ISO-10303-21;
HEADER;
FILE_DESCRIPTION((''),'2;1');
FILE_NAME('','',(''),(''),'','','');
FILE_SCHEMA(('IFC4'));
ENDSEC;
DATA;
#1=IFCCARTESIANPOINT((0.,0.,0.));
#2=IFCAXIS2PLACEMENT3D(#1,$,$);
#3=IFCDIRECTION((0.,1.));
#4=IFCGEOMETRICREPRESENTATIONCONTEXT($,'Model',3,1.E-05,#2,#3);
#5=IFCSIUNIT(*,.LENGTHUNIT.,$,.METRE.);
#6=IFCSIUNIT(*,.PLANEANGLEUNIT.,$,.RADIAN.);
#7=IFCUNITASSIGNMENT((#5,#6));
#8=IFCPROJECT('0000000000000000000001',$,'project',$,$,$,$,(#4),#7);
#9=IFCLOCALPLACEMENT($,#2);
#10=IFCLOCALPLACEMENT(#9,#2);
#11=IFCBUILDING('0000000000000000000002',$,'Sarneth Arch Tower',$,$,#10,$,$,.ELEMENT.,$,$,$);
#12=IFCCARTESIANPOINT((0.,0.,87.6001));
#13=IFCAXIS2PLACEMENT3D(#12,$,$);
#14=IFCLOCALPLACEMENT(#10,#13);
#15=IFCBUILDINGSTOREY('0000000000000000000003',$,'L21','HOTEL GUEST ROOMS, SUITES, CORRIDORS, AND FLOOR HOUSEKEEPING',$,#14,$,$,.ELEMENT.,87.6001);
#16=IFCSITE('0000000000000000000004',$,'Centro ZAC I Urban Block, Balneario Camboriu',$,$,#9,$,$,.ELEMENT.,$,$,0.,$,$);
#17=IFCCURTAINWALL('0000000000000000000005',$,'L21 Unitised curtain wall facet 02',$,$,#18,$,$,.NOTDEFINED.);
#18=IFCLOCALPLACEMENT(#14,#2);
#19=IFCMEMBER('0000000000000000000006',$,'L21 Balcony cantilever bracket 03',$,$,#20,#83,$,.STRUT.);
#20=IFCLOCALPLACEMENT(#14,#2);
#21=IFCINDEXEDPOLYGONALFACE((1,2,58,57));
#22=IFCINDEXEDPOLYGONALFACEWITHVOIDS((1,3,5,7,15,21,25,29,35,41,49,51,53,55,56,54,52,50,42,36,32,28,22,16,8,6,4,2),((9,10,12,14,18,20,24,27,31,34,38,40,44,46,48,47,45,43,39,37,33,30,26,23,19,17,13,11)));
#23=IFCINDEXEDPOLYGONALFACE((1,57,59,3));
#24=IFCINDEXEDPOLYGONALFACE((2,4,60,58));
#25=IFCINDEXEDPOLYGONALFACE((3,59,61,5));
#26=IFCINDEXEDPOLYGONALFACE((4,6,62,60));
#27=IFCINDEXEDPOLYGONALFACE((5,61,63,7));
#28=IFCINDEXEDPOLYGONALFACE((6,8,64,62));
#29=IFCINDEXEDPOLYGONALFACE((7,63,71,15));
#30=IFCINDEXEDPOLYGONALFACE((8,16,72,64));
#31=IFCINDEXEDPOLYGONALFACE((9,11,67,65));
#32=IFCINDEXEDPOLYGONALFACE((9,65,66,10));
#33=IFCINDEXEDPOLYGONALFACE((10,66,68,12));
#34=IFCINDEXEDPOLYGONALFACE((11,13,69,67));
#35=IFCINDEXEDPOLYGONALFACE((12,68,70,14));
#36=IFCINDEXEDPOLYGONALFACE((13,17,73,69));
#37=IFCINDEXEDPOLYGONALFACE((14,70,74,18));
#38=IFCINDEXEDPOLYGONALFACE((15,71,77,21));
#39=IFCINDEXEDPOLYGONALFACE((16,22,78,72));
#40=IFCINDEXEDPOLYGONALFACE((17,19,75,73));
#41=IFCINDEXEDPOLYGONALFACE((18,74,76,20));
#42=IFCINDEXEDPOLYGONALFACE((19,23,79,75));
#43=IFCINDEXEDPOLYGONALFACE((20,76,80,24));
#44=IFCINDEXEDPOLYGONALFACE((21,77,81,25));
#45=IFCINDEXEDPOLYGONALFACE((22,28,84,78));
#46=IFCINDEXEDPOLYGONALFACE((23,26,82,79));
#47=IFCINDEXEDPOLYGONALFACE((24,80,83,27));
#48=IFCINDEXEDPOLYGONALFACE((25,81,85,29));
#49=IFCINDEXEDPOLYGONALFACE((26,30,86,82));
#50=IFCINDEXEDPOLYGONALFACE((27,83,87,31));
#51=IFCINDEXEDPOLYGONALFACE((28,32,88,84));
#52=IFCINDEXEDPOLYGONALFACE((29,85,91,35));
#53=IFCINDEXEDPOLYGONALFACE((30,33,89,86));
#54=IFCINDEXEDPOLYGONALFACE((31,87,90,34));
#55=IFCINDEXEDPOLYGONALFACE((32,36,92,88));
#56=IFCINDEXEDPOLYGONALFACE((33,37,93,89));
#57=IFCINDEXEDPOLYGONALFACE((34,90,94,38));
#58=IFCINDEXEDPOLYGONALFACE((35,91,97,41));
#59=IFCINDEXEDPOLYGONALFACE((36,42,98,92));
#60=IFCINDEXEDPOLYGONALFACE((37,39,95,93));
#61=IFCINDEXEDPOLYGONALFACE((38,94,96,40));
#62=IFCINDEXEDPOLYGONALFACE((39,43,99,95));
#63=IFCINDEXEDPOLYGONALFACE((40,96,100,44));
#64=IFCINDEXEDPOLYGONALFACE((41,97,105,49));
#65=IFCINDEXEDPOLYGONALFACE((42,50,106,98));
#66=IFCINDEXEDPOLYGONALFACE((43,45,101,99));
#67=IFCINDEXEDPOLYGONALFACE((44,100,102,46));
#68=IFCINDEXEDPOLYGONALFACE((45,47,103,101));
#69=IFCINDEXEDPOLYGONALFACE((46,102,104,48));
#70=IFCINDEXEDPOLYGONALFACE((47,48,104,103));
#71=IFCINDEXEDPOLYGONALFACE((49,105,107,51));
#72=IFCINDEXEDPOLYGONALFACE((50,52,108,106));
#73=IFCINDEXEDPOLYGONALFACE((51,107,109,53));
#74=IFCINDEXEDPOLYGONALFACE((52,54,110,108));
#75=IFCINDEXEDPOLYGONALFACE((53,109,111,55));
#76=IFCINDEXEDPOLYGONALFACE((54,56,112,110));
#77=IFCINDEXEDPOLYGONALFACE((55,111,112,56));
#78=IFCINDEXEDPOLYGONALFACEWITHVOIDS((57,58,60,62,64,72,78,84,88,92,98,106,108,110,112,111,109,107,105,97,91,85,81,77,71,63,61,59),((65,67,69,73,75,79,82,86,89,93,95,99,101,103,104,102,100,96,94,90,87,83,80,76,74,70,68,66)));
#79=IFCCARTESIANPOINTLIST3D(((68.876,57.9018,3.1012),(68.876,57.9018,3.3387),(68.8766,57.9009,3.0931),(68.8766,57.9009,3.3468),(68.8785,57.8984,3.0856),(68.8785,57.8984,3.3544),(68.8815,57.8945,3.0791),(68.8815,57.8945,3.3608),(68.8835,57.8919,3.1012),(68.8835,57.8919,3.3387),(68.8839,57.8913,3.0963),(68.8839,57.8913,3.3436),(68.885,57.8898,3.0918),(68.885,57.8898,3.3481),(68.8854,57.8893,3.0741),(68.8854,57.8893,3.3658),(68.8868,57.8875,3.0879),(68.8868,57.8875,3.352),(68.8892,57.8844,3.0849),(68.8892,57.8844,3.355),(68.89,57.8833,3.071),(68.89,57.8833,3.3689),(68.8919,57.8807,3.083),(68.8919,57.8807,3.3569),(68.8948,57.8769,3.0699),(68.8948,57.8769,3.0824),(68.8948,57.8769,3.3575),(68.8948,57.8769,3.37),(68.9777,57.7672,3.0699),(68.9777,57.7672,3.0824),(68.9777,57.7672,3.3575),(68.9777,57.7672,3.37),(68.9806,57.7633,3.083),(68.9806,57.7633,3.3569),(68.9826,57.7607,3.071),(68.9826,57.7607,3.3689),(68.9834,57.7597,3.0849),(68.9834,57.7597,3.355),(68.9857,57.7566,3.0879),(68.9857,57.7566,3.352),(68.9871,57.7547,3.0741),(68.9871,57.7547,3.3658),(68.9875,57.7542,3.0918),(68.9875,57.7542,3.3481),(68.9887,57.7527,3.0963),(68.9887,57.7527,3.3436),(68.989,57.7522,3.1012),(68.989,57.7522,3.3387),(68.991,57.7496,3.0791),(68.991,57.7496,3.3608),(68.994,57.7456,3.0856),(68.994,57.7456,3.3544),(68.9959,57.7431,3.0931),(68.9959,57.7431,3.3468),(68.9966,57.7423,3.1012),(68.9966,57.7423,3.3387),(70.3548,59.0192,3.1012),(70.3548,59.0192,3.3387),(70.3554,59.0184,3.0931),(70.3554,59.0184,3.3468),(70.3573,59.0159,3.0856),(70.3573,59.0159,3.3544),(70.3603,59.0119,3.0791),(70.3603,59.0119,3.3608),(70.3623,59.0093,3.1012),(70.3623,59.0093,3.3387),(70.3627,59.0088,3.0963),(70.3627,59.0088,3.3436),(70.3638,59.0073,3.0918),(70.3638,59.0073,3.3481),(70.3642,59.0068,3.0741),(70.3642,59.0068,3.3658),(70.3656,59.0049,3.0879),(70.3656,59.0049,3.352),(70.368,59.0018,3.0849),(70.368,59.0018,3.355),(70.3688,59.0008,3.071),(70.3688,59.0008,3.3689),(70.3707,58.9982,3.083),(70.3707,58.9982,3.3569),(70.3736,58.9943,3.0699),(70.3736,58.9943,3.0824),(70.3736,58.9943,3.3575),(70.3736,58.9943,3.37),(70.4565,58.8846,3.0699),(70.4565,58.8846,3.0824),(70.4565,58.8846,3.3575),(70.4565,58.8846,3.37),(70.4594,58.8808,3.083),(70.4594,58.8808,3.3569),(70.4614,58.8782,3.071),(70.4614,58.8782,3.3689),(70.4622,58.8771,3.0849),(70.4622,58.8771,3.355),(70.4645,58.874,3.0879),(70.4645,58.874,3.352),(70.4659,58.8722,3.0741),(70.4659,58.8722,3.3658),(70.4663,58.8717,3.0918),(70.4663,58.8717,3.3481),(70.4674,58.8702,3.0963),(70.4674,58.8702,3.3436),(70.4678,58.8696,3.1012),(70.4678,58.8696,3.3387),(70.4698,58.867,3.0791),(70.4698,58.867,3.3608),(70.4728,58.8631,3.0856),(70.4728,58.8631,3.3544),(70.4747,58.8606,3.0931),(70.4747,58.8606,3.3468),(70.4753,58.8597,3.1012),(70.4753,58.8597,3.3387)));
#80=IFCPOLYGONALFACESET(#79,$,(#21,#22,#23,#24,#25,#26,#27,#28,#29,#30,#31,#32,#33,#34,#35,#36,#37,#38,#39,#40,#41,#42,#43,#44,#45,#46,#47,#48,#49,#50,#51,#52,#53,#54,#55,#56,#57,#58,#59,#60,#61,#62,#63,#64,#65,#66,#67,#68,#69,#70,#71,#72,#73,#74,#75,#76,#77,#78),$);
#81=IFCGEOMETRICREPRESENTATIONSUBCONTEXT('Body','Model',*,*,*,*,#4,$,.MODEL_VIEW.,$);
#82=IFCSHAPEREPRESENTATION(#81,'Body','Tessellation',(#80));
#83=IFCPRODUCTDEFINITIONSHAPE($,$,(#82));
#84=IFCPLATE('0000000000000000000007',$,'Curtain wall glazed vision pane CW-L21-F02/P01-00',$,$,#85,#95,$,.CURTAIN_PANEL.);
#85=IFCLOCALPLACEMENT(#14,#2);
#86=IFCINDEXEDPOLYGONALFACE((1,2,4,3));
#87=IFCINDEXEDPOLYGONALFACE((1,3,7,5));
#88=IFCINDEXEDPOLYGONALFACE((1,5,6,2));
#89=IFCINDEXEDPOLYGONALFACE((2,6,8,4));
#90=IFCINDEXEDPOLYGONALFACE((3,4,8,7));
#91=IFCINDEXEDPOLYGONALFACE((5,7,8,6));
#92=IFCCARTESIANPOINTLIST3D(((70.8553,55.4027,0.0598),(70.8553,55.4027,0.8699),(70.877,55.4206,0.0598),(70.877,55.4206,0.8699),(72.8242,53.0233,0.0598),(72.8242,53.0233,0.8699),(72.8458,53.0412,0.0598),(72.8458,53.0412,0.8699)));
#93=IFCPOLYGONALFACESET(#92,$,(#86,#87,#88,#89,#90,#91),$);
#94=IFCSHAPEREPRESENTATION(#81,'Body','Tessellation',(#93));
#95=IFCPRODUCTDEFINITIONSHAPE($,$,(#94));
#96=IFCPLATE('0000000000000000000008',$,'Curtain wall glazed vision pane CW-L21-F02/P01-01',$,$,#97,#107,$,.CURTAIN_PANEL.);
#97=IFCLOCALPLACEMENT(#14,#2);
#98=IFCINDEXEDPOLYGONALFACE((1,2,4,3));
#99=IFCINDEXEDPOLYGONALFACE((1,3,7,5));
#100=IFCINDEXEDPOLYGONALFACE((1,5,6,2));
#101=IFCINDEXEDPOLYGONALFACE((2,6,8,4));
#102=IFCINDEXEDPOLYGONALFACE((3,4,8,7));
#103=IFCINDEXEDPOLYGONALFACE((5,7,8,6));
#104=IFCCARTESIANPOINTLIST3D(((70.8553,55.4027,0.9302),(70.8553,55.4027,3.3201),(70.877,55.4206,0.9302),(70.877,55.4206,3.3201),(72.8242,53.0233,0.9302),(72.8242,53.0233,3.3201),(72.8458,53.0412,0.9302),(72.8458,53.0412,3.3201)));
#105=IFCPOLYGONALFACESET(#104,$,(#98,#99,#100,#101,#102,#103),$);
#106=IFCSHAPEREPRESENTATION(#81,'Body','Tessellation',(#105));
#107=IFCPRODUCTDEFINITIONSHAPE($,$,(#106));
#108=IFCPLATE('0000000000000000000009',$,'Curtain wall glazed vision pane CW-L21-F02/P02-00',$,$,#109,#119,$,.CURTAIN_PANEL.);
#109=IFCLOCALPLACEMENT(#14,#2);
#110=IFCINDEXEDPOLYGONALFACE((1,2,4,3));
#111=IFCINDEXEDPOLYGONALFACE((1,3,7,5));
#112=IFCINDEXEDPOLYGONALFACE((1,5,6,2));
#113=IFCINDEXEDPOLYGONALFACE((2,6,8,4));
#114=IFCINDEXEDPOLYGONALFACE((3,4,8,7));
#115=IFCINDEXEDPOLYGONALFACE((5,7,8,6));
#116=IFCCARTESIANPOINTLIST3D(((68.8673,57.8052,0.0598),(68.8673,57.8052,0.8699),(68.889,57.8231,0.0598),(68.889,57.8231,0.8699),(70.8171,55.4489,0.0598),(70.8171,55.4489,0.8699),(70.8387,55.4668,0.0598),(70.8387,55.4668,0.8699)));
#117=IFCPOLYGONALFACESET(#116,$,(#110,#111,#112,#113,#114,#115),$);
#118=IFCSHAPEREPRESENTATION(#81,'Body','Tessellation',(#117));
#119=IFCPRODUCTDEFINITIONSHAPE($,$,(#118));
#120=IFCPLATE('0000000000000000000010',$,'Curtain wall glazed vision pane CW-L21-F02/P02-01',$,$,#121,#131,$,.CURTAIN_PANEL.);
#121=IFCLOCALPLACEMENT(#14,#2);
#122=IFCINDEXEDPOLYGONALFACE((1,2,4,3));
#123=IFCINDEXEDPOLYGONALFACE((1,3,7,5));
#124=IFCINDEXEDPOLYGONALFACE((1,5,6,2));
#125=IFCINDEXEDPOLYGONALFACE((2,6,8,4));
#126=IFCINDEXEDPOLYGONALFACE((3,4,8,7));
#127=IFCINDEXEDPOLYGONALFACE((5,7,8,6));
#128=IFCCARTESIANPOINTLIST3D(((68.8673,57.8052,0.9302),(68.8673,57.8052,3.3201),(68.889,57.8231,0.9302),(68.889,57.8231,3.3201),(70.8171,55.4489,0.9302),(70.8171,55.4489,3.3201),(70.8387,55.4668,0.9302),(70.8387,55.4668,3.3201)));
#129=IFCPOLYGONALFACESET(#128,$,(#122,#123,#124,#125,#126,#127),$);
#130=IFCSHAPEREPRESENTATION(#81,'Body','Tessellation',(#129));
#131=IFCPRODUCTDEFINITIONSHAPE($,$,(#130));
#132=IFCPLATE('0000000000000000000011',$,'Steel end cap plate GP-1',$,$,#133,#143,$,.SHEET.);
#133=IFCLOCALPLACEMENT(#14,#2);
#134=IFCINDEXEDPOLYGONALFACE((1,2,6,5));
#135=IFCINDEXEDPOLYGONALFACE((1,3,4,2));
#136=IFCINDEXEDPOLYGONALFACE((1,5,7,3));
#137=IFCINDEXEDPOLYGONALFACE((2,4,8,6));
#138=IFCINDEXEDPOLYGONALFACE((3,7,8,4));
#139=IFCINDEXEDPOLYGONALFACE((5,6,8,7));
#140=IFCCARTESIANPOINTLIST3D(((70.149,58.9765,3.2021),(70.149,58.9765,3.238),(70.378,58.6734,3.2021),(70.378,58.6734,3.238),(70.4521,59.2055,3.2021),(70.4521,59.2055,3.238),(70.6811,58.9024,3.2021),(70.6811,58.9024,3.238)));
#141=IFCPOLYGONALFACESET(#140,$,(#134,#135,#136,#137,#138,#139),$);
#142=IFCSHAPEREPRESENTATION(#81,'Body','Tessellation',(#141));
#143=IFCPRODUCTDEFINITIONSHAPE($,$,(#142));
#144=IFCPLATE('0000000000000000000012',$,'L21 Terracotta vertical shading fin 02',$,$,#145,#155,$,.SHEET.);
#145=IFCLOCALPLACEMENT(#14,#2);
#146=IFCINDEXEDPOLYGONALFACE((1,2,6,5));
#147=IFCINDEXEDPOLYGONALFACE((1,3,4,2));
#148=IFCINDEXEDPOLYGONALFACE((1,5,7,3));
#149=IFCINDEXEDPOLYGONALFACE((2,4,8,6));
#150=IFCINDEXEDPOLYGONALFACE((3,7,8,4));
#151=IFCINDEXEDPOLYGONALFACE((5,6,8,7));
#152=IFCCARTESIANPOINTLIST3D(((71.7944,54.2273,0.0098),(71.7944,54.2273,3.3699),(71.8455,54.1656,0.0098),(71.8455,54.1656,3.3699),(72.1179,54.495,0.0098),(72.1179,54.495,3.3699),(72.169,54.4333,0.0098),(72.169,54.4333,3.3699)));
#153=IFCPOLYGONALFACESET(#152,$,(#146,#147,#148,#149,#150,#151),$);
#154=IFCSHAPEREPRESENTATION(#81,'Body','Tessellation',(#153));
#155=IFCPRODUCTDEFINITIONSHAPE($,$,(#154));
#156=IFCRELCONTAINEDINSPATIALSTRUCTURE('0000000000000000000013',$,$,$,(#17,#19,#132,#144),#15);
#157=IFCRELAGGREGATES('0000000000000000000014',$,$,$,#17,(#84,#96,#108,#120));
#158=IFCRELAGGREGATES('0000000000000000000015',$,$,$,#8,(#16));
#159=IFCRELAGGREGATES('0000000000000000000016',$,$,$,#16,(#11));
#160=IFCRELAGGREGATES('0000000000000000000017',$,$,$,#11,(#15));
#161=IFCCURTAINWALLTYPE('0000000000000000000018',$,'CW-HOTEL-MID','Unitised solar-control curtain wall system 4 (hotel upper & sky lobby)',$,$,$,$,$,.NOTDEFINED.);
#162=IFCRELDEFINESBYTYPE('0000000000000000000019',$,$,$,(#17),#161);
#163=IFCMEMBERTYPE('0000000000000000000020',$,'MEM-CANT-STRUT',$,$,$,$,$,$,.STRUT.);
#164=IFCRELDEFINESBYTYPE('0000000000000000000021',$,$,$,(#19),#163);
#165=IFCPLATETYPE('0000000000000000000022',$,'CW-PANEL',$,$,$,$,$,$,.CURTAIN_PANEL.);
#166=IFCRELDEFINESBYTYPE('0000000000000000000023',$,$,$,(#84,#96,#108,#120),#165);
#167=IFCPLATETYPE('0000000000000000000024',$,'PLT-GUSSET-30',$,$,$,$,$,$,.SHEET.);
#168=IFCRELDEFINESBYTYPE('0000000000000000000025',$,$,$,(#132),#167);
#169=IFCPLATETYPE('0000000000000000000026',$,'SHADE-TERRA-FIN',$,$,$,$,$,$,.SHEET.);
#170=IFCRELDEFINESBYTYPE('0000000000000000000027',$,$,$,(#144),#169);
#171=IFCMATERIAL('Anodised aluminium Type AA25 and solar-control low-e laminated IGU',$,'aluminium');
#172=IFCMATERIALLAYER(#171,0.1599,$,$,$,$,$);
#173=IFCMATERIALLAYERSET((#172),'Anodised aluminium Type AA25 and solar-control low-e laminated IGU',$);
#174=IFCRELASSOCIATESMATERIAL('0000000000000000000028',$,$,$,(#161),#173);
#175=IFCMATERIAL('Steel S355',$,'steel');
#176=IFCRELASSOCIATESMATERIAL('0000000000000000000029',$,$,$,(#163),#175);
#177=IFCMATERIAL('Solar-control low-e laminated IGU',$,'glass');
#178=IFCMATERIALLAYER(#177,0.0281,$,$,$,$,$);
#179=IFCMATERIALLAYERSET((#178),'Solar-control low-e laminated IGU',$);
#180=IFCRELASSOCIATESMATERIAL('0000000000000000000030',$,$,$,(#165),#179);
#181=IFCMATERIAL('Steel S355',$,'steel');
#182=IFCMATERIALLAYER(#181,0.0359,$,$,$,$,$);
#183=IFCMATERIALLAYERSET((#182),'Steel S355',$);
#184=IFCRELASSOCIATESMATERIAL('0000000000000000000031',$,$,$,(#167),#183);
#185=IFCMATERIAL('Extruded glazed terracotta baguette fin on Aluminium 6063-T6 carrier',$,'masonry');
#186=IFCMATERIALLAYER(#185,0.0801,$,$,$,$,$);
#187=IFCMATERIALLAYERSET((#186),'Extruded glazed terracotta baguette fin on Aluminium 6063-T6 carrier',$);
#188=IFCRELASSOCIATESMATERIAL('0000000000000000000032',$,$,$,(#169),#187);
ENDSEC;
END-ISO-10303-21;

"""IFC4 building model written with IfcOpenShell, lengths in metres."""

from ifc_helpers import new_model, si_unit, direction, frame, origin, origin_2d, place, context, subcontext, project, spatial, rectangle, hollow_rectangle, extrude, material, layer, layer_set, material_profile, profile_set, type_object, element, aggregate, save


model = new_model("IFC4")

# Units and contexts
model_context = context("Model", 3, precision=1e-05, world=origin(), true_north=direction((0.0, 1.0)))
body_context = subcontext(model_context, "Body", "Model", "MODEL_VIEW")
ifc_project = project(units=[si_unit("LENGTHUNIT", "METRE"), si_unit("PLANEANGLEUNIT", "RADIAN")], contexts=[model_context])

# Site, building, storey
site_placement = place(None, origin())
site = spatial("IfcSite", under=ifc_project, at=site_placement, Name="Centro ZAC I Urban Block, Balneario Camboriu", CompositionType="ELEMENT", RefElevation=0.0)
building_placement = place(site_placement, origin())
building = spatial("IfcBuilding", under=site, at=building_placement, Name="Sarneth Arch Tower", CompositionType="ELEMENT")
storey_placement = place(building_placement, frame((0.0, 0.0, 87.6001)))
storey = spatial("IfcBuildingStorey", under=building, at=storey_placement, Name="L21", Description="HOTEL GUEST ROOMS, SUITES, CORRIDORS, AND FLOOR HOUSEKEEPING", CompositionType="ELEMENT", Elevation=87.6001)

# Curtain wall
ifc_material_1 = material(Name="Anodised aluminium Type AA25 and solar-control low-e laminated IGU", Category="aluminium")
ifc_layer_1 = layer(ifc_material_1, 0.1599)
ifc_layer_set_1 = layer_set([ifc_layer_1], Name="Anodised aluminium Type AA25 and solar-control low-e laminated IGU")
curtain_wall_type = type_object("IfcCurtainWallType", Name="CW-HOTEL-MID", Description="Unitised solar-control curtain wall system 4 (hotel upper & sky lobby)", PredefinedType="NOTDEFINED", material=ifc_layer_set_1)
curtain_wall_placement = place(storey_placement, origin())
curtain_wall = element("IfcCurtainWall", 1, at=curtain_wall_placement, inside=storey, type_object=curtain_wall_type, Name="L21 Unitised curtain wall facet 02", PredefinedType="NOTDEFINED")

# Member
ifc_material_2 = material(Name="Steel S355", Category="steel")
ifc_material_profile_1 = material_profile(ifc_material_2, hollow_rectangle(XDim=0.2, YDim=0.3, WallThickness=0.0125, InnerFilletRadius=0.0188, OuterFilletRadius=0.0312, at=origin_2d()), Name="RHS300x200x12.5")
ifc_profile_set_1 = profile_set([ifc_material_profile_1], Name="Steel S355")
member_type_1 = type_object("IfcMemberType", Name="MEM-CANT-STRUT", PredefinedType="STRUT", material=ifc_profile_set_1)
member_1_placement = place(storey_placement, frame((68.9363, 57.822, 3.22), z_axis=(0.797829, 0.602883, 0.0), x_axis=(-0.602883, 0.797829, 0.0)))
element("IfcMember", 2, at=member_1_placement, inside=storey, type_object=member_type_1, Name="L21 Balcony cantilever bracket 03", PredefinedType="STRUT", context=body_context, shape_type="SweptSolid", body=[
    extrude(hollow_rectangle(XDim=0.2, YDim=0.3, WallThickness=0.0125, InnerFilletRadius=0.0188, OuterFilletRadius=0.0312, at=origin_2d()), origin(), (0.0, 0.0, 1.0), 1.8535),
])

# Plates
ifc_material_3 = material(Name="Solar-control low-e laminated IGU", Category="glass")
ifc_layer_2 = layer(ifc_material_3, 0.0281)
ifc_layer_set_2 = layer_set([ifc_layer_2], Name="Solar-control low-e laminated IGU")
plate_type_1 = type_object("IfcPlateType", Name="CW-PANEL", PredefinedType="CURTAIN_PANEL", material=ifc_layer_set_2)
plate_1_placement = place(storey_placement, frame((71.8506, 54.2219, 0.0598), z_axis=(0.0, 0.0, 1.0), x_axis=(-0.637515, 0.770438, 0.0)))
plate_1 = element("IfcPlate", 3, at=plate_1_placement, type_object=plate_type_1, Name="Curtain wall glazed vision pane CW-L21-F02/P01-00", PredefinedType="CURTAIN_PANEL", context=body_context, shape_type="SweptSolid", body=[
    extrude(rectangle(XDim=3.0884, YDim=0.0281, at=origin_2d()), origin(), (0.0, 0.0, 1.0), 0.8101),
])
plate_2_placement = place(storey_placement, frame((71.8506, 54.2219, 0.9302), z_axis=(0.0, 0.0, 1.0), x_axis=(-0.637515, 0.770438, 0.0)))
plate_2 = element("IfcPlate", 4, at=plate_2_placement, type_object=plate_type_1, Name="Curtain wall glazed vision pane CW-L21-F02/P01-01", PredefinedType="CURTAIN_PANEL", context=body_context, shape_type="SweptSolid", body=[
    extrude(rectangle(XDim=3.0884, YDim=0.0281, at=origin_2d()), origin(), (0.0, 0.0, 1.0), 2.3899),
])
plate_3_placement = place(storey_placement, frame((69.853, 56.636, 0.0598), z_axis=(0.0, 0.0, 1.0), x_axis=(-0.637515, 0.770438, 0.0)))
plate_3 = element("IfcPlate", 5, at=plate_3_placement, type_object=plate_type_1, Name="Curtain wall glazed vision pane CW-L21-F02/P02-00", PredefinedType="CURTAIN_PANEL", context=body_context, shape_type="SweptSolid", body=[
    extrude(rectangle(XDim=3.0583, YDim=0.0281, at=origin_2d()), origin(), (0.0, 0.0, 1.0), 0.8101),
])
plate_4_placement = place(storey_placement, frame((69.853, 56.636, 0.9302), z_axis=(0.0, 0.0, 1.0), x_axis=(-0.637515, 0.770438, 0.0)))
plate_4 = element("IfcPlate", 6, at=plate_4_placement, type_object=plate_type_1, Name="Curtain wall glazed vision pane CW-L21-F02/P02-01", PredefinedType="CURTAIN_PANEL", context=body_context, shape_type="SweptSolid", body=[
    extrude(rectangle(XDim=3.0583, YDim=0.0281, at=origin_2d()), origin(), (0.0, 0.0, 1.0), 2.3899),
])
aggregate(curtain_wall, [plate_1, plate_2, plate_3, plate_4])

# Plates
ifc_material_4 = material(Name="Steel S355", Category="steel")
ifc_layer_3 = layer(ifc_material_4, 0.0359)
ifc_layer_set_3 = layer_set([ifc_layer_3], Name="Steel S355")
plate_type_2 = type_object("IfcPlateType", Name="PLT-GUSSET-30", PredefinedType="SHEET", material=ifc_layer_set_3)
plate_5_placement = place(storey_placement, frame((70.415, 58.9395, 3.2021), z_axis=(0.0, 0.0, 1.0), x_axis=(0.797794, 0.60293, 0.0)))
element("IfcPlate", 7, at=plate_5_placement, inside=storey, type_object=plate_type_2, Name="Steel end cap plate GP-1", PredefinedType="SHEET", context=body_context, shape_type="SweptSolid", body=[
    extrude(rectangle(XDim=0.3799, YDim=0.3799, at=origin_2d()), origin(), (0.0, 0.0, 1.0), 0.0359),
])
ifc_material_5 = material(Name="Extruded glazed terracotta baguette fin on Aluminium 6063-T6 carrier", Category="masonry")
ifc_layer_4 = layer(ifc_material_5, 0.0801)
ifc_layer_set_4 = layer_set([ifc_layer_4], Name="Extruded glazed terracotta baguette fin on Aluminium 6063-T6 carrier")
plate_type_3 = type_object("IfcPlateType", Name="SHADE-TERRA-FIN", PredefinedType="SHEET", material=ifc_layer_set_4)
plate_6_placement = place(storey_placement, frame((71.9817, 54.3303, 0.0098), z_axis=(0.0, 0.0, 1.0), x_axis=(0.770402, 0.637558, 0.0)))
element("IfcPlate", 8, at=plate_6_placement, inside=storey, type_object=plate_type_3, Name="L21 Terracotta vertical shading fin 02", PredefinedType="SHEET", context=body_context, shape_type="SweptSolid", body=[
    extrude(rectangle(XDim=0.4199, YDim=0.0801, at=origin_2d()), origin(), (0.0, 0.0, 1.0), 3.3601),
])

save(model, "model.ifc")
